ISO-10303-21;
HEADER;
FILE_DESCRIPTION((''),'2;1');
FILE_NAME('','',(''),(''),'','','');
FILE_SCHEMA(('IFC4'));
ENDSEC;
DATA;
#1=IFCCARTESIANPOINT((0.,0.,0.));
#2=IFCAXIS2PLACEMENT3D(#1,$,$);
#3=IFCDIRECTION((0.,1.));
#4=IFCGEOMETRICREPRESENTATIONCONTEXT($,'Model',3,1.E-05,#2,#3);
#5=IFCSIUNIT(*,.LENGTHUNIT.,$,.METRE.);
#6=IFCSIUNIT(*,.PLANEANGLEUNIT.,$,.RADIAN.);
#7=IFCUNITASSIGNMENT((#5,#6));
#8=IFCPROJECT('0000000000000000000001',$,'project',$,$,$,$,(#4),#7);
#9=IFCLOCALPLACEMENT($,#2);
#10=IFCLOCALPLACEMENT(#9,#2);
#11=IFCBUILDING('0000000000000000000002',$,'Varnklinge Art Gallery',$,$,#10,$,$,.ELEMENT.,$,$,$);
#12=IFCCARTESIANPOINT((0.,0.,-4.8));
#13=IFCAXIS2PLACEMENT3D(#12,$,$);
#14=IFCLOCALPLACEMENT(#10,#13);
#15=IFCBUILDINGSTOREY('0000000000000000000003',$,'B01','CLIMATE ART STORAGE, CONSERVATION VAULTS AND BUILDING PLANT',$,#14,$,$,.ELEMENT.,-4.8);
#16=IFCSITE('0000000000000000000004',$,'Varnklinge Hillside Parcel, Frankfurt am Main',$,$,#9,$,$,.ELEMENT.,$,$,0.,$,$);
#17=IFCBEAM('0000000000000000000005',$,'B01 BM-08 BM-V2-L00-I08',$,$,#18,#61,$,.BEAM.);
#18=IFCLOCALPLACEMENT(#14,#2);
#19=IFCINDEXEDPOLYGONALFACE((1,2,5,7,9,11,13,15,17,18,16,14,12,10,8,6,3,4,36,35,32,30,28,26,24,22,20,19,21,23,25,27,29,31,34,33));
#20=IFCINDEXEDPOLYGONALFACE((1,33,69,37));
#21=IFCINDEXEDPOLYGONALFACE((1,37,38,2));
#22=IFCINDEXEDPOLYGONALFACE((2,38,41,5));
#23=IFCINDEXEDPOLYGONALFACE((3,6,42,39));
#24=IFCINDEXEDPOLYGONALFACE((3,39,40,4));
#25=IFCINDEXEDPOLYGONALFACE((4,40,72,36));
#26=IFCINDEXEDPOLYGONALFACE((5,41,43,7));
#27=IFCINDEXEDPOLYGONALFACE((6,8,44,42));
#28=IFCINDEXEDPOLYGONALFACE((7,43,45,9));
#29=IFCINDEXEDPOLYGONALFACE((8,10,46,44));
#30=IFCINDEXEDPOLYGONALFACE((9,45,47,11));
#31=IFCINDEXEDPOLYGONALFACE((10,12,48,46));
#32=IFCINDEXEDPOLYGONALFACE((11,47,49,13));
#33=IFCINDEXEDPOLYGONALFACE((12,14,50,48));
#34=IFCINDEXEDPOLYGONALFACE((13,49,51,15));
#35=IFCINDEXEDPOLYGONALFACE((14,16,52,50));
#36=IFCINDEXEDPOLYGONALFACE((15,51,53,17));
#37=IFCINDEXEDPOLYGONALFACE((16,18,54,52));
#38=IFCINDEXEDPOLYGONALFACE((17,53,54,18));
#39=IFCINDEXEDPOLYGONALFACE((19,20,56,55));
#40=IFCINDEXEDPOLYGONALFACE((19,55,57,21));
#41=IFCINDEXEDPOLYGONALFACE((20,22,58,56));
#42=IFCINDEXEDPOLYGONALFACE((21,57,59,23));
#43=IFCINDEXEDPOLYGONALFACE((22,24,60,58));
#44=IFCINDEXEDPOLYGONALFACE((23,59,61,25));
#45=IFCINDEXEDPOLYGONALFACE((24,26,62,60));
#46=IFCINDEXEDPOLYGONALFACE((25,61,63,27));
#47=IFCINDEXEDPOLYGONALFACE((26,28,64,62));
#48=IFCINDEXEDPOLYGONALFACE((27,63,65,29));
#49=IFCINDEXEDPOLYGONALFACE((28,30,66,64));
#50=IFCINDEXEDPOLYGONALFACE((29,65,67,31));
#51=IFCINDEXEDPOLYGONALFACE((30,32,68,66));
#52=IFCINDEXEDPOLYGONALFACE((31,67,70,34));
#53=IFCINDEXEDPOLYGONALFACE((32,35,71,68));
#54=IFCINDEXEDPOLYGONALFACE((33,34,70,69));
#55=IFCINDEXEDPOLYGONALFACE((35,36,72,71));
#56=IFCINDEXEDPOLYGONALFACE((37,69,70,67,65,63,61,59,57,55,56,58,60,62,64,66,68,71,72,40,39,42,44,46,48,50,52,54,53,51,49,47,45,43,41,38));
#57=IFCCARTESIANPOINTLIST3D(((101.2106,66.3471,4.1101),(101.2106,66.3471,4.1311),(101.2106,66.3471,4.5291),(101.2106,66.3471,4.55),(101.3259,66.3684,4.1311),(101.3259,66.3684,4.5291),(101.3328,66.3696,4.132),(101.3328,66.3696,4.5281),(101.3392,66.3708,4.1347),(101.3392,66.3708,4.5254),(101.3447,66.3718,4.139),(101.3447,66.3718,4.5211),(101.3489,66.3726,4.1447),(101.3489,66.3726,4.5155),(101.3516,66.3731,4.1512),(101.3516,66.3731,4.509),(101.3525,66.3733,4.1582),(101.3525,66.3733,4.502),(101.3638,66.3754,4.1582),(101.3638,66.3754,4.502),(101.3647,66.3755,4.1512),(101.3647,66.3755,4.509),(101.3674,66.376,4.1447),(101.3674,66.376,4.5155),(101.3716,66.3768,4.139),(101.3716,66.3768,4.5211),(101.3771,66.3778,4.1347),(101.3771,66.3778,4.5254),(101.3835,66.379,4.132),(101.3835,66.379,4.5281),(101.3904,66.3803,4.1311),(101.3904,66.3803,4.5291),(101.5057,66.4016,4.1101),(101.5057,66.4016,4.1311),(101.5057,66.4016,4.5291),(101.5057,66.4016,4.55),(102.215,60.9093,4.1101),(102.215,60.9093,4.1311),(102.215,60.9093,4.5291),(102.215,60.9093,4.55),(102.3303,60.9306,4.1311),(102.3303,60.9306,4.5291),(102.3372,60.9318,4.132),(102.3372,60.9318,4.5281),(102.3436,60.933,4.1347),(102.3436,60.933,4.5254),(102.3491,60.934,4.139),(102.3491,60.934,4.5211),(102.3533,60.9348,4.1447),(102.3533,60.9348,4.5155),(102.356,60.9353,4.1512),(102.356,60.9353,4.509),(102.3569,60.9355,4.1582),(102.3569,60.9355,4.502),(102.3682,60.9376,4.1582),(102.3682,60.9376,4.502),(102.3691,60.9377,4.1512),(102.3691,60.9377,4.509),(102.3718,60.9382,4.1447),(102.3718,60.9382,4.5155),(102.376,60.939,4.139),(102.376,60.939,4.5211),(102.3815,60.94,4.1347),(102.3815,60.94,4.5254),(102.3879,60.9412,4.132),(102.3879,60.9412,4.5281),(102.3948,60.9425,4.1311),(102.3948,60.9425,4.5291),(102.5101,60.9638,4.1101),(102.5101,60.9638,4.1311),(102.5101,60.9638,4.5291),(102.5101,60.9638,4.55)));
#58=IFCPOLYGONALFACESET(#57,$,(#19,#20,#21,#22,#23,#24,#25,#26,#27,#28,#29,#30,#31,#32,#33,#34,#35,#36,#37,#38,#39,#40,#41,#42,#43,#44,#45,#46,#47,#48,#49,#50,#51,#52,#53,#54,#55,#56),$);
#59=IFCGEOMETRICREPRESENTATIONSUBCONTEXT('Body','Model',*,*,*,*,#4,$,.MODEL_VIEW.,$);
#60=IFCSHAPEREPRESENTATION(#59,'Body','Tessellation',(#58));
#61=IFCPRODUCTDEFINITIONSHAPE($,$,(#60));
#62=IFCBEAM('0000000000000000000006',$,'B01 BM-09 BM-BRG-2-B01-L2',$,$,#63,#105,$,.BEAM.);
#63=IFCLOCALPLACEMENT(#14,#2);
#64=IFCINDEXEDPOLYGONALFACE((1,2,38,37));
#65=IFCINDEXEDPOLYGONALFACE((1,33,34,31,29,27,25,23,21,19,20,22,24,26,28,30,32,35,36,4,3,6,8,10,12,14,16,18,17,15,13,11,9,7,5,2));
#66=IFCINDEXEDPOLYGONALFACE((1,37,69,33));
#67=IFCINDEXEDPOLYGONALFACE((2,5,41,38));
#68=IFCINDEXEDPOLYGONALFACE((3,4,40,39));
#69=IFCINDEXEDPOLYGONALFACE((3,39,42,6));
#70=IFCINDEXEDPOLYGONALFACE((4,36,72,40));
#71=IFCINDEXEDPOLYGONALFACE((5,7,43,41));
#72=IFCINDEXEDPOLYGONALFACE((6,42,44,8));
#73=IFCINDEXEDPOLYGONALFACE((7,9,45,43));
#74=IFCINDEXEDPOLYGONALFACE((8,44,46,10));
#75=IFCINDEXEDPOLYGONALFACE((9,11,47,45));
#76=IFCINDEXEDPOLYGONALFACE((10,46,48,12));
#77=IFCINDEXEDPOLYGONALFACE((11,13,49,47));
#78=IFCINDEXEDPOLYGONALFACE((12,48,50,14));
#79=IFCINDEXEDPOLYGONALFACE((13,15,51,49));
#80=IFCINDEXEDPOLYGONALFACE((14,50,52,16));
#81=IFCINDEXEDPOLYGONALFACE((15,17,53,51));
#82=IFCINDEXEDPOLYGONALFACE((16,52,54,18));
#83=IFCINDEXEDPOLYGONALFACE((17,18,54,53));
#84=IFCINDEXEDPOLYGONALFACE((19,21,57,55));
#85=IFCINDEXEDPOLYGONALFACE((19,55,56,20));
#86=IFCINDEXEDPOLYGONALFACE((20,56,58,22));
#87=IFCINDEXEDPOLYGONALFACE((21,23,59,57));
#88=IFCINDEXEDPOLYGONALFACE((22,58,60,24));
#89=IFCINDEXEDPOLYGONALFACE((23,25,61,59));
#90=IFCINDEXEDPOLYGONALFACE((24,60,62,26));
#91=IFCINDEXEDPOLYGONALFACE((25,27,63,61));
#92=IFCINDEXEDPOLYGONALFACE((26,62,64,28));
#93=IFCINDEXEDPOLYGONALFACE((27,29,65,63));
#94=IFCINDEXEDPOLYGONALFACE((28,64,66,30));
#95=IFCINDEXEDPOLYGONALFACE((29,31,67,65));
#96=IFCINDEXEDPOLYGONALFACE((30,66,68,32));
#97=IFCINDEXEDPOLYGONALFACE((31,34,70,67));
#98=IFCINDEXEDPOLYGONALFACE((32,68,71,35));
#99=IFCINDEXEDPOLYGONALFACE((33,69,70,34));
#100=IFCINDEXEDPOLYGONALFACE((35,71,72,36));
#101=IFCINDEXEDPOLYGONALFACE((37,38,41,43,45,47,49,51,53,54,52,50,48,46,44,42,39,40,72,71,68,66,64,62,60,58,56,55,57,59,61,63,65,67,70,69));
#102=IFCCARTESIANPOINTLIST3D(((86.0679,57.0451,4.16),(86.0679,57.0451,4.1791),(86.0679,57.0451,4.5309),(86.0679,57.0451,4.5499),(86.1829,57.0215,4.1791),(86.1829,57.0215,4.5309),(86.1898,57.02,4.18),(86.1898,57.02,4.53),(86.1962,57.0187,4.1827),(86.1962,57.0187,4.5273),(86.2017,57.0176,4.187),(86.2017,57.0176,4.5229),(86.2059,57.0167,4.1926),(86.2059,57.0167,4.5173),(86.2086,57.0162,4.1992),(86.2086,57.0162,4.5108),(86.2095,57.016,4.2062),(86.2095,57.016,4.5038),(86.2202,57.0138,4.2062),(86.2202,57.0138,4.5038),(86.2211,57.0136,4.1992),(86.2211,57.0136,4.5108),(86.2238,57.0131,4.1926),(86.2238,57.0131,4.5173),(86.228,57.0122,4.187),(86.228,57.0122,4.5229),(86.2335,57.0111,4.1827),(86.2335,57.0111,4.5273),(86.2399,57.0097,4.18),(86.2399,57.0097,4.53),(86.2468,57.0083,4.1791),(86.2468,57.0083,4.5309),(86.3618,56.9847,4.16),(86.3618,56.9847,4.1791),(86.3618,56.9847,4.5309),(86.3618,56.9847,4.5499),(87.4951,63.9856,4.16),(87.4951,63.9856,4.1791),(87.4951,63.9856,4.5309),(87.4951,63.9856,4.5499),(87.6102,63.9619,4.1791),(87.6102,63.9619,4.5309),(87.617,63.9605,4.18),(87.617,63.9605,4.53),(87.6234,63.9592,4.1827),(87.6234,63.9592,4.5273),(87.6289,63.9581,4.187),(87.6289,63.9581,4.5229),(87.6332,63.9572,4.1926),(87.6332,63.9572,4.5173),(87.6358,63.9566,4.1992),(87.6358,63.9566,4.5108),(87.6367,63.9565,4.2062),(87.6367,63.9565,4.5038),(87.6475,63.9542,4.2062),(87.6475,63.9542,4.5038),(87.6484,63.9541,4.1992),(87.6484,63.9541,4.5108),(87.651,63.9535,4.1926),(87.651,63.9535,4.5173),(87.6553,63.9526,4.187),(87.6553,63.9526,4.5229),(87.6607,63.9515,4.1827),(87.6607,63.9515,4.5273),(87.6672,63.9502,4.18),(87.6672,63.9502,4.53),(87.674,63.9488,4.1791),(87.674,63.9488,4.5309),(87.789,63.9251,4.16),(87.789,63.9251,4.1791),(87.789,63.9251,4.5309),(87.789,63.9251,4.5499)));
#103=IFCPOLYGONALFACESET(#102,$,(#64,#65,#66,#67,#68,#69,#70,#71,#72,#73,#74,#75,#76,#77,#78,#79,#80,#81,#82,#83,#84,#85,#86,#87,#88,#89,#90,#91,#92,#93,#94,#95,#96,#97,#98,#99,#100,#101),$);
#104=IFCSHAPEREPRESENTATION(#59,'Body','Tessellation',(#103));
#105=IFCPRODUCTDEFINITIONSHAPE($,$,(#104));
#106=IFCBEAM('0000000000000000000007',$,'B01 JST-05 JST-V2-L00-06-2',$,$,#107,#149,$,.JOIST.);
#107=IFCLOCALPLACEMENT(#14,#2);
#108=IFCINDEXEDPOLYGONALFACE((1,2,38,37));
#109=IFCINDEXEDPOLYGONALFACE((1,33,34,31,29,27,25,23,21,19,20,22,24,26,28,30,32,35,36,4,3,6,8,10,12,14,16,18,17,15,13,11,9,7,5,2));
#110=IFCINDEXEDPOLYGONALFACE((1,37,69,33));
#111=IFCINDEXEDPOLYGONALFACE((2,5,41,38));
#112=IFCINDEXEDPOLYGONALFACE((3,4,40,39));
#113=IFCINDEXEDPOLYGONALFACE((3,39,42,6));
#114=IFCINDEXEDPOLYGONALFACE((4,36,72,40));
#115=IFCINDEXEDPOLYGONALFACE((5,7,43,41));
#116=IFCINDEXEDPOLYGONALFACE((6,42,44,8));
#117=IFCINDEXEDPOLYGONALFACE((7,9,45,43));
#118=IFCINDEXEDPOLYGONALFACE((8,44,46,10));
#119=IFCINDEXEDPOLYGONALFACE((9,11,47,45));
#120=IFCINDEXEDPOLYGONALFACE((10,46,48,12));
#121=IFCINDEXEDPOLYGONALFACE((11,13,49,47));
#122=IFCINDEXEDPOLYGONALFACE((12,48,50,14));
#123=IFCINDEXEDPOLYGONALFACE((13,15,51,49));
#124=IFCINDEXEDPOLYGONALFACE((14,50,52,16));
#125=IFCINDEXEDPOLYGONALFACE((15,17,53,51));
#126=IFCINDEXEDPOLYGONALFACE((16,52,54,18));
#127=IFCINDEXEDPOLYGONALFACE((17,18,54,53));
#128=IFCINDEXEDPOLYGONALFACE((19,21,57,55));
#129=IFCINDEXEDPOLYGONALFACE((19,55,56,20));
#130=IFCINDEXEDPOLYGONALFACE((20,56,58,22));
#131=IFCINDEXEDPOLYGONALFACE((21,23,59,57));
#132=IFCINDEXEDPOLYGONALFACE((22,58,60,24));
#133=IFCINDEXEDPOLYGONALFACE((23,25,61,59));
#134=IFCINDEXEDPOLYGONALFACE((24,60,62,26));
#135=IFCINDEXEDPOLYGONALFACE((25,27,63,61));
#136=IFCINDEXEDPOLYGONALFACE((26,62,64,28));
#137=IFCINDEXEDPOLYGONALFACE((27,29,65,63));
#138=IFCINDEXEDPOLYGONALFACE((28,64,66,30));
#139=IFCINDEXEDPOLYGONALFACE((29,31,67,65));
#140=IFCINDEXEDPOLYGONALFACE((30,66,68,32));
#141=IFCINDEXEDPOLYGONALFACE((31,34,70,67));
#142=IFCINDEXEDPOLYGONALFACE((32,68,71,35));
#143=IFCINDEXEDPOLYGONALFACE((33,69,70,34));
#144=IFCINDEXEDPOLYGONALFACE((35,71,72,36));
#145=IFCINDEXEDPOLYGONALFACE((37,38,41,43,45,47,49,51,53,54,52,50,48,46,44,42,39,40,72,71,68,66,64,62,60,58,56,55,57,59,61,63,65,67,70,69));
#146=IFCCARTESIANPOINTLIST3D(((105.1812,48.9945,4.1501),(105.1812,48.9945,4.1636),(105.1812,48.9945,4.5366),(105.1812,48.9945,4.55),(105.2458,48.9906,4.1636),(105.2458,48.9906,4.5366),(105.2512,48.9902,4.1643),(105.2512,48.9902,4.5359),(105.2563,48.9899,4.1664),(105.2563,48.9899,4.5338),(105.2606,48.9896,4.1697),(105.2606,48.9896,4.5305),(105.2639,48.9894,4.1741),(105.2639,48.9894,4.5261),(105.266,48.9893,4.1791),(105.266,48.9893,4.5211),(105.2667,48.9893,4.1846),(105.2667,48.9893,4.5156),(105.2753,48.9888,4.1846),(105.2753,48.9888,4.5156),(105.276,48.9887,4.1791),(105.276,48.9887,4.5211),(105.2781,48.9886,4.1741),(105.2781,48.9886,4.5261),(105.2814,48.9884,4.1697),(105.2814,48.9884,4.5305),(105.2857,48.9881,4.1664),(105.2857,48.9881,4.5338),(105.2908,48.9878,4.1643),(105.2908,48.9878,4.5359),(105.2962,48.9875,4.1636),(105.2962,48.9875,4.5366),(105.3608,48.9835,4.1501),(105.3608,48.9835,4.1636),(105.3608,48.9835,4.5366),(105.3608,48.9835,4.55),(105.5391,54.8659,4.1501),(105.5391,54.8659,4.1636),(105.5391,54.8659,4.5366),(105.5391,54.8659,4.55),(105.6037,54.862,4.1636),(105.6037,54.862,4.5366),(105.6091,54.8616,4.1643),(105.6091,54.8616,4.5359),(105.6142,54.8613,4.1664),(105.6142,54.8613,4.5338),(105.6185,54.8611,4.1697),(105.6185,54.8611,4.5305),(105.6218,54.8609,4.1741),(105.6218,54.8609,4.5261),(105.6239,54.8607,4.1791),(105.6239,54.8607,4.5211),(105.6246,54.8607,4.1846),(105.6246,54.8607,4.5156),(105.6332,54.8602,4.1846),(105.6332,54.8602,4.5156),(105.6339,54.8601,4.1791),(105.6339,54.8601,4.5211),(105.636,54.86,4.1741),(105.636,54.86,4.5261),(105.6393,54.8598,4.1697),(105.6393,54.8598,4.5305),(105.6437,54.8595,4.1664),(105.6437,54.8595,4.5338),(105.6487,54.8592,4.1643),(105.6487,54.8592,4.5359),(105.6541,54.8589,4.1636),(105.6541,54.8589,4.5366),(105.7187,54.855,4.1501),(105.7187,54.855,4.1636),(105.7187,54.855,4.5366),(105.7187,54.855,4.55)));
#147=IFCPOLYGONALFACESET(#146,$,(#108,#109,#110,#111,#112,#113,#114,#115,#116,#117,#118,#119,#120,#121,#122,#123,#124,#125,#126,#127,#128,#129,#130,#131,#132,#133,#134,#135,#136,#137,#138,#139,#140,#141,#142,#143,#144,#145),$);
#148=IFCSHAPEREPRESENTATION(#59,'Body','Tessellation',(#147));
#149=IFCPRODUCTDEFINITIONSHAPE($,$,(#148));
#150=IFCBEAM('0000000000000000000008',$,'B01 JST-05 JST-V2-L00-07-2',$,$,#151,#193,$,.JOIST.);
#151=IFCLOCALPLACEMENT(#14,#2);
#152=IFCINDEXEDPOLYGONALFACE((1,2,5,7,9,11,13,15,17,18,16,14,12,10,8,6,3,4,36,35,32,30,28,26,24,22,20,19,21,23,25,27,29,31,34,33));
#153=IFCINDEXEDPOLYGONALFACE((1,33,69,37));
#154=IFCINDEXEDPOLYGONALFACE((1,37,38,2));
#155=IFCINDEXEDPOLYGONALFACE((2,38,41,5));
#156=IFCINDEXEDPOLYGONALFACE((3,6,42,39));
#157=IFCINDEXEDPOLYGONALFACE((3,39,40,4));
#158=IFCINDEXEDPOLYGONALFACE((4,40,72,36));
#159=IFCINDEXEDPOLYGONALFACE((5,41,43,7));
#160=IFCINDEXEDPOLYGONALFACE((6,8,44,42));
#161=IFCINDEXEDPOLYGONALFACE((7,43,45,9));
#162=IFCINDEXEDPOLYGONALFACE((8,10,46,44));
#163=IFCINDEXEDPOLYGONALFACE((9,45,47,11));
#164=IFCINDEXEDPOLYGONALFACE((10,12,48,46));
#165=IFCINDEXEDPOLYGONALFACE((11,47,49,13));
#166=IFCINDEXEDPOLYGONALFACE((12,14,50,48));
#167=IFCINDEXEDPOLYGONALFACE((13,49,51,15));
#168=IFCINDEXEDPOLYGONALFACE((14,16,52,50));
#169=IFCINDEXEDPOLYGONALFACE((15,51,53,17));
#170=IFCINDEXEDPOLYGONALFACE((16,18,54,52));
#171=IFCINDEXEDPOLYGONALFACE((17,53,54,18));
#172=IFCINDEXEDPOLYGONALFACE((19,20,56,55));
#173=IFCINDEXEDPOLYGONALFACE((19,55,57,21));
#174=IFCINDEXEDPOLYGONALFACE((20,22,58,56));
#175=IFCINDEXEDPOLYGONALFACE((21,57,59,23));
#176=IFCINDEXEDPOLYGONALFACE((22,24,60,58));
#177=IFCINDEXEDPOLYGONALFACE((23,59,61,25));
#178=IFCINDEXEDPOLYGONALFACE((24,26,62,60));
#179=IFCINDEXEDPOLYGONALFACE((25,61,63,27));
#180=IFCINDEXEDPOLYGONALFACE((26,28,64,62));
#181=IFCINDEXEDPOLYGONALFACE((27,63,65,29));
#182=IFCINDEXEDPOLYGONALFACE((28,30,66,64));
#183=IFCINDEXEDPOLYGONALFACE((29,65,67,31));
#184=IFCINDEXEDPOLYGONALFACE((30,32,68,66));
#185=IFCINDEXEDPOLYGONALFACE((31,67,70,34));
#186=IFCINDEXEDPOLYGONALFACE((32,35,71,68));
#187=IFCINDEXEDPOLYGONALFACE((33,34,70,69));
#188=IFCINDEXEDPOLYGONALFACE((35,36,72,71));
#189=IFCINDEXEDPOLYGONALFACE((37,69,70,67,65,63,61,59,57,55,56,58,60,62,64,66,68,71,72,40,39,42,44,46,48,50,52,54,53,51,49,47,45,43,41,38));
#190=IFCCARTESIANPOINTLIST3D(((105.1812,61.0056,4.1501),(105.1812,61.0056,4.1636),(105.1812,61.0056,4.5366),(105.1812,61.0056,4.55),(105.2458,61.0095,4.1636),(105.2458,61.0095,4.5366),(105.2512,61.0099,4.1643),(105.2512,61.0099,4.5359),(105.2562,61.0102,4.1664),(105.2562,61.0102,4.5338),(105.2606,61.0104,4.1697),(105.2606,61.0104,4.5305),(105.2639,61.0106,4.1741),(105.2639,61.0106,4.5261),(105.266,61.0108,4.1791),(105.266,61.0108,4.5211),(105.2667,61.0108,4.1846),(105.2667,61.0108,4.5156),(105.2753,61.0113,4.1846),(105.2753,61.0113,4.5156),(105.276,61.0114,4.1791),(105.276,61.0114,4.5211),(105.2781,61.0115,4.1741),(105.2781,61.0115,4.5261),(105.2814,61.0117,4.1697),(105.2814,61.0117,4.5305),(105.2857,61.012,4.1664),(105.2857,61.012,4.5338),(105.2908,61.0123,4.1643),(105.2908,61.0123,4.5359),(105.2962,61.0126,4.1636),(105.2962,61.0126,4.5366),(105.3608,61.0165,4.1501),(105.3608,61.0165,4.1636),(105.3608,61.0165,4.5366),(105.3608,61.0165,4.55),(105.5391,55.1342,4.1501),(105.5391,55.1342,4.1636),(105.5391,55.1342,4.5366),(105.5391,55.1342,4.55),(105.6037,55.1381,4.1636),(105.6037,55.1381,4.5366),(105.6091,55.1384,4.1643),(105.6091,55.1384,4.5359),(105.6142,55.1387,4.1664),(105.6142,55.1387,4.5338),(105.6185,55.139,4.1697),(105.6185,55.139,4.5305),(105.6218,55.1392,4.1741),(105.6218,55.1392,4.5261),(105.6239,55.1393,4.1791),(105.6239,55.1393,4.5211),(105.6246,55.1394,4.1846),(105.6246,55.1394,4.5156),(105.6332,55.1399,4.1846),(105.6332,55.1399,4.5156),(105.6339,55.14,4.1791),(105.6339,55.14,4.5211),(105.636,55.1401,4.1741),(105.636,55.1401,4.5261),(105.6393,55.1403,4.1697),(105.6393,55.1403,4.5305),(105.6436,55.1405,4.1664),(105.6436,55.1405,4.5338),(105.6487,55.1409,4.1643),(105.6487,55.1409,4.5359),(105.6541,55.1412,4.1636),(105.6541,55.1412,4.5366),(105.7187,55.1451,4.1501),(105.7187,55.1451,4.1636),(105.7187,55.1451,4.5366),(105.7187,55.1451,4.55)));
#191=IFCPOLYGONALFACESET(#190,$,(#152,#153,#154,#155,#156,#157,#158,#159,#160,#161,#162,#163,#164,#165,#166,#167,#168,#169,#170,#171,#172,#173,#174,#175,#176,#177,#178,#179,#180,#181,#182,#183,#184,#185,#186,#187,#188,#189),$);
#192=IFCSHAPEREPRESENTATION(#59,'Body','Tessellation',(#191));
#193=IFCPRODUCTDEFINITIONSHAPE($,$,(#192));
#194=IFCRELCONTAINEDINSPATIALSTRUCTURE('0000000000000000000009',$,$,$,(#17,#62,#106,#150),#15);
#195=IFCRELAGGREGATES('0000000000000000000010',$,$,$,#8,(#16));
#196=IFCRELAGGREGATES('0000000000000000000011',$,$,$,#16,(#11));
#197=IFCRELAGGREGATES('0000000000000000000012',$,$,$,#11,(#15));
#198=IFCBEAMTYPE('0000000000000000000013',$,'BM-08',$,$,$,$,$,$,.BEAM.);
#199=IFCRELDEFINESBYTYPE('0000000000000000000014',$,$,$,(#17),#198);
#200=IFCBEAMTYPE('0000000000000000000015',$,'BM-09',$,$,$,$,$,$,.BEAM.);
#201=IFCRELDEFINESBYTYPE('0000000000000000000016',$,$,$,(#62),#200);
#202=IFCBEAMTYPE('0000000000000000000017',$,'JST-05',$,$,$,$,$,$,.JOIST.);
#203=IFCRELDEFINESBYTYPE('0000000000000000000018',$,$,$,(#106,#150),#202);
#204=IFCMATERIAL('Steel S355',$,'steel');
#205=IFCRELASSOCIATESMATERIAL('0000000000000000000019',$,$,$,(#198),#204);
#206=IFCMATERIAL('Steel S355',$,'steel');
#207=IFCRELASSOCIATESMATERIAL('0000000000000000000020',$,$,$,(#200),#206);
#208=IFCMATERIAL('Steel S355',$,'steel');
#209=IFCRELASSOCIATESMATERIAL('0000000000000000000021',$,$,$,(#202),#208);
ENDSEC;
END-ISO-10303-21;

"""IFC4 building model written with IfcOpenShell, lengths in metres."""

from ifc_helpers import new_model, si_unit, direction, frame, origin, origin_2d, place, context, subcontext, project, spatial, i_section, extrude, material, material_profile, profile_set, type_object, element, save


model = new_model("IFC4")

# Units and contexts
model_context = context("Model", 3, precision=1e-05, world=origin(), true_north=direction((0.0, 1.0)))
body_context = subcontext(model_context, "Body", "Model", "MODEL_VIEW")
ifc_project = project(units=[si_unit("LENGTHUNIT", "METRE"), si_unit("PLANEANGLEUNIT", "RADIAN")], contexts=[model_context])

# Site, building, storey
site_placement = place(None, origin())
site = spatial("IfcSite", under=ifc_project, at=site_placement, Name="Varnklinge Hillside Parcel, Frankfurt am Main", CompositionType="ELEMENT", RefElevation=0.0)
building_placement = place(site_placement, origin())
building = spatial("IfcBuilding", under=site, at=building_placement, Name="Varnklinge Art Gallery", CompositionType="ELEMENT")
storey_placement = place(building_placement, frame((0.0, 0.0, -4.8)))
storey = spatial("IfcBuildingStorey", under=building, at=storey_placement, Name="B01", Description="CLIMATE ART STORAGE, CONSERVATION VAULTS AND BUILDING PLANT", CompositionType="ELEMENT", Elevation=-4.8)

# Beams
ifc_material_1 = material(Name="Steel S355", Category="steel")
ifc_material_profile_1 = material_profile(ifc_material_1, i_section(OverallWidth=0.3, OverallDepth=0.4399, WebThickness=0.0115, FlangeThickness=0.021, FilletRadius=0.0271, at=origin_2d()), Name="HEA 450")
ifc_profile_set_1 = profile_set([ifc_material_profile_1], Name="Steel S355")
beam_type_1 = type_object("IfcBeamType", Name="BM-08", PredefinedType="BEAM", material=ifc_profile_set_1)
for number, where, z_axis, x_axis, name in (
    (1, (102.3625, 60.9365, 4.3301), (-0.181635, 0.983366, 0.0), (-0.983366, -0.181635, 0.0), "B01 BM-08 BM-V2-L00-I08"),
):
    element("IfcBeam", number, at=place(storey_placement, frame(where, z_axis=z_axis, x_axis=x_axis)), inside=storey, type_object=beam_type_1, Name=name, PredefinedType="BEAM", context=body_context, shape_type="SweptSolid", body=[
        extrude(i_section(OverallWidth=0.3, OverallDepth=0.4399, WebThickness=0.0115, FlangeThickness=0.021, FilletRadius=0.0271, at=origin_2d()), origin(), (0.0, 0.0, 1.0), 5.5298),
    ])
ifc_material_2 = material(Name="Steel S355", Category="steel")
ifc_material_profile_2 = material_profile(ifc_material_2, i_section(OverallWidth=0.3, OverallDepth=0.3899, WebThickness=0.011, FlangeThickness=0.019, FilletRadius=0.0271, at=origin_2d()), Name="HEA 400")
ifc_profile_set_2 = profile_set([ifc_material_profile_2], Name="Steel S355")
beam_type_2 = type_object("IfcBeamType", Name="BM-09", PredefinedType="BEAM", material=ifc_profile_set_2)
beam_1_placement = place(storey_placement, frame((86.2148, 57.0149, 4.355), z_axis=(0.201427, 0.979503, 0.0), x_axis=(-0.979503, 0.201427, 0.0)))
element("IfcBeam", 2, at=beam_1_placement, inside=storey, type_object=beam_type_2, Name="B01 BM-09 BM-BRG-2-B01-L2", PredefinedType="BEAM", context=body_context, shape_type="SweptSolid", body=[
    extrude(i_section(OverallWidth=0.3, OverallDepth=0.3899, WebThickness=0.011, FlangeThickness=0.019, FilletRadius=0.0271, at=origin_2d()), origin(), (0.0, 0.0, 1.0), 7.0857),
])
ifc_material_3 = material(Name="Steel S355", Category="steel")
ifc_material_profile_3 = material_profile(ifc_material_3, i_section(OverallWidth=0.1799, OverallDepth=0.3999, WebThickness=0.0085, FlangeThickness=0.0134, FilletRadius=0.021, at=origin_2d()), Name="IPE 400")
ifc_profile_set_3 = profile_set([ifc_material_profile_3], Name="Steel S355")
beam_type_3 = type_object("IfcBeamType", Name="JST-05", PredefinedType="JOIST", material=ifc_profile_set_3)
for number, where, z_axis, x_axis, name in (
    (3, (105.271, 48.989, 4.3501), (0.060846, 0.998147, 0.0), (-0.998147, 0.060846, 0.0), "B01 JST-05 JST-V2-L00-06-2"),
    (4, (105.6289, 55.1396, 4.3501), (-0.060846, 0.998147, 0.0), (-0.998147, -0.060846, 0.0), "B01 JST-05 JST-V2-L00-07-2"),
):
    element("IfcBeam", number, at=place(storey_placement, frame(where, z_axis=z_axis, x_axis=x_axis)), inside=storey, type_object=beam_type_3, Name=name, PredefinedType="JOIST", context=body_context, shape_type="SweptSolid", body=[
        extrude(i_section(OverallWidth=0.1799, OverallDepth=0.3999, WebThickness=0.0085, FlangeThickness=0.0134, FilletRadius=0.021, at=origin_2d()), origin(), (0.0, 0.0, 1.0), 5.8823),
    ])

save(model, "model.ifc")
